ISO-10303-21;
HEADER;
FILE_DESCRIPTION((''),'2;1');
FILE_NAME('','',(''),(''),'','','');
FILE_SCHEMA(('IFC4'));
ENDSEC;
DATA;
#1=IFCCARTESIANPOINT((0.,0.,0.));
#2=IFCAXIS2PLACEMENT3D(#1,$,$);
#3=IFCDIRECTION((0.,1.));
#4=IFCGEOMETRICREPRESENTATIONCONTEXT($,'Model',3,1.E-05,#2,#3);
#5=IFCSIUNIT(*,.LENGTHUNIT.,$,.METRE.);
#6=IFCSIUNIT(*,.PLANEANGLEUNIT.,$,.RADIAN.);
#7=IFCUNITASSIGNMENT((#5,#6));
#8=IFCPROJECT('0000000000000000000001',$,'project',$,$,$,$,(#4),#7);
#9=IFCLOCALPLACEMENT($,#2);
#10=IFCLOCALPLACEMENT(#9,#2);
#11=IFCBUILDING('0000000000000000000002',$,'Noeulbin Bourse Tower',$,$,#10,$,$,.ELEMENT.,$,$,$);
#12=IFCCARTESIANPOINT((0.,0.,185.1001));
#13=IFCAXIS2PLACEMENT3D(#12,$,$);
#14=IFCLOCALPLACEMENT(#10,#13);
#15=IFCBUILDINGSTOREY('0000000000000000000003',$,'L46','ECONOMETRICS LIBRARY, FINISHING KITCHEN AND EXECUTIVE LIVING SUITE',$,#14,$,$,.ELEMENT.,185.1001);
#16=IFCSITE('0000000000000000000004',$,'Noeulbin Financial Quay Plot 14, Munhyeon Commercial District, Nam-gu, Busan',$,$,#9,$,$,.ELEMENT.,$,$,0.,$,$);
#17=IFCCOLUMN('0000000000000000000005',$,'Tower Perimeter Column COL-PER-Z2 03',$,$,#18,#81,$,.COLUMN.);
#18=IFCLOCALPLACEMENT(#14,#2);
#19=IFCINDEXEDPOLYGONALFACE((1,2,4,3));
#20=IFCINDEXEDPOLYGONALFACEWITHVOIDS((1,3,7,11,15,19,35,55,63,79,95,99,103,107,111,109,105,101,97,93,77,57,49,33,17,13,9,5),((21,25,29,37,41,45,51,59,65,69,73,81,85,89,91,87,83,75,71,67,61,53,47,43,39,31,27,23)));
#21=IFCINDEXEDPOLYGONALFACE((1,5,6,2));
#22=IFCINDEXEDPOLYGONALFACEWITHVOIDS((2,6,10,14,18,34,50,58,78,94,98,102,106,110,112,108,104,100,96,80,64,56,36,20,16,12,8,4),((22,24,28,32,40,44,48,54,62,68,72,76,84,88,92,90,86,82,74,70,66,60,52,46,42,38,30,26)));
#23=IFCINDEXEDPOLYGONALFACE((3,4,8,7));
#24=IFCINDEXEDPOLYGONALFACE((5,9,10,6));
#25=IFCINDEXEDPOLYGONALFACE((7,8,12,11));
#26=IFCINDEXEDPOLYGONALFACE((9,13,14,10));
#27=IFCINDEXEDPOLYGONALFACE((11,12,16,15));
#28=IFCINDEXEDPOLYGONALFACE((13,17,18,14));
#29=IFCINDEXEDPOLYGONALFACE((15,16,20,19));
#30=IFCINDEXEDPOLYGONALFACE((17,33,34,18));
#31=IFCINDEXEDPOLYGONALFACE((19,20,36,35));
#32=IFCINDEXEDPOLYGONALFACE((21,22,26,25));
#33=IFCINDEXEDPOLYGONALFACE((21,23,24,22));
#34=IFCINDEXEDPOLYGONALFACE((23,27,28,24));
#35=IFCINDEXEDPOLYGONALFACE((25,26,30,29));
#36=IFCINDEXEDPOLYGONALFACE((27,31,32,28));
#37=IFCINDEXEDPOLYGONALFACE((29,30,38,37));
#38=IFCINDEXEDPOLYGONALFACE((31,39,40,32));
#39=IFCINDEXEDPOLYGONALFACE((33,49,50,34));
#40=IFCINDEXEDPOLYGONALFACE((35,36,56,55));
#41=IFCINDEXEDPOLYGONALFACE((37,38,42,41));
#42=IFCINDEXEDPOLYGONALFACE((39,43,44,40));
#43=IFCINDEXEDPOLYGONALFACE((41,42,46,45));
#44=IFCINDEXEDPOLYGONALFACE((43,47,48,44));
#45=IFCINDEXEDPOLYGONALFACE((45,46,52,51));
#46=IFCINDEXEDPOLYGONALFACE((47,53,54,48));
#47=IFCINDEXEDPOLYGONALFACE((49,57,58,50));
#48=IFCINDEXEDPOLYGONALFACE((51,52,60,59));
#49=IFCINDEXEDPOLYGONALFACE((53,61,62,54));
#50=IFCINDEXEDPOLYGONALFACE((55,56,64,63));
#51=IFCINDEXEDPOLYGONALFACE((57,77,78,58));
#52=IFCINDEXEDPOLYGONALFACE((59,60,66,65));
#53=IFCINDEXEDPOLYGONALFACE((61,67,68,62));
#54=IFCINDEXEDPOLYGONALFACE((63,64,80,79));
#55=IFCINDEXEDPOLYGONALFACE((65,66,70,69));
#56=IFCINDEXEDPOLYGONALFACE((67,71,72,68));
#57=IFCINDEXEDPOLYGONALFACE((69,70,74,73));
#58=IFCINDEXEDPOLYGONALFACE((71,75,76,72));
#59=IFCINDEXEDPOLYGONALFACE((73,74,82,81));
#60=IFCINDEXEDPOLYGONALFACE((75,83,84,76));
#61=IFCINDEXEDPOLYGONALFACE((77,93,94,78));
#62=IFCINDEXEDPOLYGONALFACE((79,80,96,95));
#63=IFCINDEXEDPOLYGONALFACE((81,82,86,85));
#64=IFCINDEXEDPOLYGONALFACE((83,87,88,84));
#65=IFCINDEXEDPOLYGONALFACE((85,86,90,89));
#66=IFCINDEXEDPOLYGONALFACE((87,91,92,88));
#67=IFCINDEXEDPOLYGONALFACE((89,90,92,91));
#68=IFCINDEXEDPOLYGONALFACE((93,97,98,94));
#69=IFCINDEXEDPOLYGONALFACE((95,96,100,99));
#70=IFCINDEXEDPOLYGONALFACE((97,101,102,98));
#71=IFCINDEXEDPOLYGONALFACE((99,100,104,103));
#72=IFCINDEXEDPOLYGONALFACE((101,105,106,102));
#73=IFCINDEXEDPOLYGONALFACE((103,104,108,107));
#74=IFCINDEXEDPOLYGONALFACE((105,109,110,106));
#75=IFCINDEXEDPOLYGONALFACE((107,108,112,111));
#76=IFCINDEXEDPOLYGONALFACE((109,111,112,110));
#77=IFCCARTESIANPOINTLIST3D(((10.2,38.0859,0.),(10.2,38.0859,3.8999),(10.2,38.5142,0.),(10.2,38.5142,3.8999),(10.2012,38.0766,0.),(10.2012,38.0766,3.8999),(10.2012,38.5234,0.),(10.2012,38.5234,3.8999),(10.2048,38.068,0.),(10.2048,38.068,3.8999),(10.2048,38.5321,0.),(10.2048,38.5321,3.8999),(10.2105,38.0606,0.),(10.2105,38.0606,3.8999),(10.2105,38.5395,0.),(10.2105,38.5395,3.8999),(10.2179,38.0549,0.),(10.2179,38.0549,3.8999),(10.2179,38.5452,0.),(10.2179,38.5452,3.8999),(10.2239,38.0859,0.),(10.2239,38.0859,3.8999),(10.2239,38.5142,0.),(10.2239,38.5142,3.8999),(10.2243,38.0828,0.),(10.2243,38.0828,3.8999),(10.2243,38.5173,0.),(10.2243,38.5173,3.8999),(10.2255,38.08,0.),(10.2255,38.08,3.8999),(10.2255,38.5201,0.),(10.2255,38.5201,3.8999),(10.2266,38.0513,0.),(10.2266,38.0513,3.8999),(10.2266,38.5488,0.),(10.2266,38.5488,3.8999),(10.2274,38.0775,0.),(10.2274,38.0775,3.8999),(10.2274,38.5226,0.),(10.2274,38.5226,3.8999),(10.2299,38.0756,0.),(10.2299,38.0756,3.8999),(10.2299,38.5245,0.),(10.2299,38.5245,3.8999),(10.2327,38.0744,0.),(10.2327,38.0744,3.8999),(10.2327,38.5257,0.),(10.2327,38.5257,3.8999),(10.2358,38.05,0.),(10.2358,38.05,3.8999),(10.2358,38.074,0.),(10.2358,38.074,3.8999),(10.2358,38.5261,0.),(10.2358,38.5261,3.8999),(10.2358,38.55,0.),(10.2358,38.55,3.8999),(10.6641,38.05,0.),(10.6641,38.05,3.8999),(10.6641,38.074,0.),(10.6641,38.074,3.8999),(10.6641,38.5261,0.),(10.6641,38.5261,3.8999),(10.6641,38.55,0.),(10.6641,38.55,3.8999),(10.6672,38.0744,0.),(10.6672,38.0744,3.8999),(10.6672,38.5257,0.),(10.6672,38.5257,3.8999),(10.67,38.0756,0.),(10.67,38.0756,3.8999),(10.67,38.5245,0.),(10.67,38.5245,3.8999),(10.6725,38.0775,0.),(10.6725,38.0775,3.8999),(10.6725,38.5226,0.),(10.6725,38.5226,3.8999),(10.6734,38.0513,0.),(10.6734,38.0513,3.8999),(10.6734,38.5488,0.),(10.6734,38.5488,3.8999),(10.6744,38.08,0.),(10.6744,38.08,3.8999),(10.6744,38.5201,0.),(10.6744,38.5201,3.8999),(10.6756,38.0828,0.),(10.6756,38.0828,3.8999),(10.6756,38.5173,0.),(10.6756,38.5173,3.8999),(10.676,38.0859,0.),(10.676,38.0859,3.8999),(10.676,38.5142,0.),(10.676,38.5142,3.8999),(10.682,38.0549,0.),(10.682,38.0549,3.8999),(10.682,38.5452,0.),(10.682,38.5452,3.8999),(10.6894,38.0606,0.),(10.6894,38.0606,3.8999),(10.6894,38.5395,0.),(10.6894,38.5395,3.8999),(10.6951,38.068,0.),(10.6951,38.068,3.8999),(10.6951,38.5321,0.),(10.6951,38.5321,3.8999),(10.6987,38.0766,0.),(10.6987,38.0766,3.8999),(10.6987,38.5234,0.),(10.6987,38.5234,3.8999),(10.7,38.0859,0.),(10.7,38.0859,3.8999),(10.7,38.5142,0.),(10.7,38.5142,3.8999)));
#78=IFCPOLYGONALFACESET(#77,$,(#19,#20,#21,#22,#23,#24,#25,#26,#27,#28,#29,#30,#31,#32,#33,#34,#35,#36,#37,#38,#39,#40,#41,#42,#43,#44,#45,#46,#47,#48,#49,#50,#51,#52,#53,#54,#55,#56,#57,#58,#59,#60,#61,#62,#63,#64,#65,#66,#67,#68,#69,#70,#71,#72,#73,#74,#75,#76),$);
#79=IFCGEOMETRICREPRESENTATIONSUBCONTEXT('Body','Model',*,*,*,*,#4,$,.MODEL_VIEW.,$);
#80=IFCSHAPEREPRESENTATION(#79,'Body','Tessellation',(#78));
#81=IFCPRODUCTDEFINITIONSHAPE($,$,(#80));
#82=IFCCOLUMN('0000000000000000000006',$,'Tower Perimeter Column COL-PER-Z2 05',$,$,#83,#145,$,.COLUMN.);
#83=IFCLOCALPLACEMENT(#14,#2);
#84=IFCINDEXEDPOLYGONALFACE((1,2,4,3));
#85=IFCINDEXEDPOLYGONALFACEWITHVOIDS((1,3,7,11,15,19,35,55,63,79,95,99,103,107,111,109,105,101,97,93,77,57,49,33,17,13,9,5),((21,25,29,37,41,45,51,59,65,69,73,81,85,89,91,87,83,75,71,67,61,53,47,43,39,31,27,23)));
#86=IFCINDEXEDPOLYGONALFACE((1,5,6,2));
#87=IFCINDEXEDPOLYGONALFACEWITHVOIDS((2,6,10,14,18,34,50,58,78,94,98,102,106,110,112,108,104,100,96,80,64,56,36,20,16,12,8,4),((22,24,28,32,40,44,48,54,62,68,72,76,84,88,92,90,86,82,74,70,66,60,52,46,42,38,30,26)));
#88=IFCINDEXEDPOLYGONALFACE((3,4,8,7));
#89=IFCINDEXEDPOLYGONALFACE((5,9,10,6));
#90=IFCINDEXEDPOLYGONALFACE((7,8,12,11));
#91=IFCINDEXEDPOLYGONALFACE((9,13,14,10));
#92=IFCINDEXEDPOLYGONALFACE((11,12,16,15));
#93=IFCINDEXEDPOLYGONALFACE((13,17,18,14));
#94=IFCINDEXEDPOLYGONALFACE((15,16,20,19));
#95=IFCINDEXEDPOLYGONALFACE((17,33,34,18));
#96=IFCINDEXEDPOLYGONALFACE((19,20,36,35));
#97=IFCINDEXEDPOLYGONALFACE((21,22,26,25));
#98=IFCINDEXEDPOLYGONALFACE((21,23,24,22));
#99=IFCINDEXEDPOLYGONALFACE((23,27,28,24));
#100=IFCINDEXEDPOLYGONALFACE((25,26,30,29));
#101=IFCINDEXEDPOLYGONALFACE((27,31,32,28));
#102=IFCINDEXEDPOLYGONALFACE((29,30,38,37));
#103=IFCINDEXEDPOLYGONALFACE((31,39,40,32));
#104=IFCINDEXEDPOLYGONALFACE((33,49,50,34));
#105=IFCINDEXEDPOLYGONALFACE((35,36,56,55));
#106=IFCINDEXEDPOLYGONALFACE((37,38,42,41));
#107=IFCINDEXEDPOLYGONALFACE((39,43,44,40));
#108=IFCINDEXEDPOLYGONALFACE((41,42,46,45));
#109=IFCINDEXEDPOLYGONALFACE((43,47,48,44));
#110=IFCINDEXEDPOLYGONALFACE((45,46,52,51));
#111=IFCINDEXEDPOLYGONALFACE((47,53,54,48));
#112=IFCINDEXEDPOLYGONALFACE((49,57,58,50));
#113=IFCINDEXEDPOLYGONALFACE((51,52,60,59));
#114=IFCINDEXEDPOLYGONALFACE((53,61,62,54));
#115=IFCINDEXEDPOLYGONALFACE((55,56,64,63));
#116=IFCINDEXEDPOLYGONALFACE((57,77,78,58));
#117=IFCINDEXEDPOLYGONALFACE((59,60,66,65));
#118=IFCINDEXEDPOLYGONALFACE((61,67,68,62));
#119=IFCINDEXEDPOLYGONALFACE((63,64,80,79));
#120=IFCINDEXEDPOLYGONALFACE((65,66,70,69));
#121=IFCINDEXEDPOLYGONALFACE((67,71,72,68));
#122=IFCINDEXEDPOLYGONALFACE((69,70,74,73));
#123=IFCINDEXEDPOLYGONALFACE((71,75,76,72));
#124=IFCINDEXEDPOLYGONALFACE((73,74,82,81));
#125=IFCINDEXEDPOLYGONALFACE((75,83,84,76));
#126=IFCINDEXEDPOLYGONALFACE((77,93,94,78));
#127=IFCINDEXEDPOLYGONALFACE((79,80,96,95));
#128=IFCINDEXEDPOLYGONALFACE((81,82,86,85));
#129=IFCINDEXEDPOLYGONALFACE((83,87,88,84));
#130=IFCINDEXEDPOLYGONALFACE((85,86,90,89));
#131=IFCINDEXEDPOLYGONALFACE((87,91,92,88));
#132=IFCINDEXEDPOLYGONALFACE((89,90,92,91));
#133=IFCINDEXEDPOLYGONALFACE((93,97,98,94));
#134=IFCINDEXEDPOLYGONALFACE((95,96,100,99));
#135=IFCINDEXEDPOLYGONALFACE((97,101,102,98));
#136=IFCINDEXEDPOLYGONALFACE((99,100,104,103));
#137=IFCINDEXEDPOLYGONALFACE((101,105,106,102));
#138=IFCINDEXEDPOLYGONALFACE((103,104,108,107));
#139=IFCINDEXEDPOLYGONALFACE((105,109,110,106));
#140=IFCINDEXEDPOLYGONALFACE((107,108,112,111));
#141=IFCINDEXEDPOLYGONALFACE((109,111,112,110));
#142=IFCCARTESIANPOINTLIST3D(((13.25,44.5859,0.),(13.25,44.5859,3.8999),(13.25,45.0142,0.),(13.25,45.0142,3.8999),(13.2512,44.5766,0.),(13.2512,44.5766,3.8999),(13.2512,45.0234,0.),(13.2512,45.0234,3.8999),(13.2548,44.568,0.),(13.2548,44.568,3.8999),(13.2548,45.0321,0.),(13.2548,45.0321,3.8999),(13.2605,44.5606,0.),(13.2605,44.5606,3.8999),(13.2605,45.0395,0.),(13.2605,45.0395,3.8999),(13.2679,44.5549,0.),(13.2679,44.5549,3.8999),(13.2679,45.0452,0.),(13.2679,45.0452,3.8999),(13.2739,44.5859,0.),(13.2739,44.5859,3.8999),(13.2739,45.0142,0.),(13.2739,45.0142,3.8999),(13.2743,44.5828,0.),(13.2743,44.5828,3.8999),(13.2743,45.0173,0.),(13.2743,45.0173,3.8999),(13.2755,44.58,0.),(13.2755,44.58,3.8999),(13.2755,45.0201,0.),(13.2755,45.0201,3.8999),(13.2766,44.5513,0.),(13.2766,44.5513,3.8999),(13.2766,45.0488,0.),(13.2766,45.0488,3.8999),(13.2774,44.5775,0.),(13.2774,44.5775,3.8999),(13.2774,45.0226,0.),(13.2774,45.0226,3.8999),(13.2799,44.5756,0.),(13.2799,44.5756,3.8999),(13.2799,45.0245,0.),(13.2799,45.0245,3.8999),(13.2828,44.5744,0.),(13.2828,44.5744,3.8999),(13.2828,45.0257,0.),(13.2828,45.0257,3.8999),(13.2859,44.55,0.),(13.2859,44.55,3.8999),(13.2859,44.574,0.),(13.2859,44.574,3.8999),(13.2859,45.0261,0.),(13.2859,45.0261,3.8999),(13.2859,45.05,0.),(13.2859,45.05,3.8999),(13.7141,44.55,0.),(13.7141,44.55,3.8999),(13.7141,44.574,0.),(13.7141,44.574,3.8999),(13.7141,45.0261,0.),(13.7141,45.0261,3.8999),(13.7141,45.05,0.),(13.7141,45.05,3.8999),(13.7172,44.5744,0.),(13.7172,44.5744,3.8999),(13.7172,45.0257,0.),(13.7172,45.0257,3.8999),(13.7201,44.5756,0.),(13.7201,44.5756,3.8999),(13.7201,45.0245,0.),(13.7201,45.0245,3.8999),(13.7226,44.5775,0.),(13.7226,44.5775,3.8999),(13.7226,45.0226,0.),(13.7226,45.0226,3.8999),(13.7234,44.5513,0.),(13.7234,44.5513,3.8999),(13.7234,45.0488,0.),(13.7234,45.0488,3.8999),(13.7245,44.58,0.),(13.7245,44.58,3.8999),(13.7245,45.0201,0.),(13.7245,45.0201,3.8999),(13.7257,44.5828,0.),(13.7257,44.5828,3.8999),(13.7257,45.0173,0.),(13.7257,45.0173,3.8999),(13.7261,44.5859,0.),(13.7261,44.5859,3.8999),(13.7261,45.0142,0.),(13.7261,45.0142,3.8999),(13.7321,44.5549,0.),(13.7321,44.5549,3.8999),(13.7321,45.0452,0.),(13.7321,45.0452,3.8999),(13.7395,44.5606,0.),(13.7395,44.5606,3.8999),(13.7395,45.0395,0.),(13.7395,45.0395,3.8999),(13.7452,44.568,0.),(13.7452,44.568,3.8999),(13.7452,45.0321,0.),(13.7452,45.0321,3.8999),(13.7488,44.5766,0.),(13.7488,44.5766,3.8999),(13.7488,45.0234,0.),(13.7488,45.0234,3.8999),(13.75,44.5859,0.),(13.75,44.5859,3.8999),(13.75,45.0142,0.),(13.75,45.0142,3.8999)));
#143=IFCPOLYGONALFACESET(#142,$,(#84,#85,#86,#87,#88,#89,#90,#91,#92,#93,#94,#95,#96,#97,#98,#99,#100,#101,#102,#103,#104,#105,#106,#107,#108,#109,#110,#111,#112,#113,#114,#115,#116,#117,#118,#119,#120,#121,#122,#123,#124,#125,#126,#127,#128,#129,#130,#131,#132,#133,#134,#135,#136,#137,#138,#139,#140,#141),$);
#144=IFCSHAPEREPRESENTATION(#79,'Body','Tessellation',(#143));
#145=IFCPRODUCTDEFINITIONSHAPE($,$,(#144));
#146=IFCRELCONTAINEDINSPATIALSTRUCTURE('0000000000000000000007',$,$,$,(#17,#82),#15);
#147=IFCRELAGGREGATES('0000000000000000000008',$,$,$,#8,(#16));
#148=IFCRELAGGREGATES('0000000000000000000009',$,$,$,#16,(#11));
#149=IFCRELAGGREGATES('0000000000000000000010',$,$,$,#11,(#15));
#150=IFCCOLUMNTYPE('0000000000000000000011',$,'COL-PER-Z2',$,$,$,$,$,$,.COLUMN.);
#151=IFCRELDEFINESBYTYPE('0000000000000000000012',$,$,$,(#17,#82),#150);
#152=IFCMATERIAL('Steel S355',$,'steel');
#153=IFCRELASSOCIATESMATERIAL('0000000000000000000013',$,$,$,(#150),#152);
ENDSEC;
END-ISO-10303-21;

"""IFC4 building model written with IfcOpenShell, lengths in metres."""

from ifc_helpers import new_model, si_unit, direction, frame, origin, origin_2d, place, context, subcontext, project, spatial, hollow_rectangle, extrude, material, material_profile, profile_set, type_object, element, save


model = new_model("IFC4")

# Units and contexts
model_context = context("Model", 3, precision=1e-05, world=origin(), true_north=direction((0.0, 1.0)))
body_context = subcontext(model_context, "Body", "Model", "MODEL_VIEW")
ifc_project = project(units=[si_unit("LENGTHUNIT", "METRE"), si_unit("PLANEANGLEUNIT", "RADIAN")], contexts=[model_context])

# Site, building, storey
site_placement = place(None, origin())
site = spatial("IfcSite", under=ifc_project, at=site_placement, Name="Noeulbin Financial Quay Plot 14, Munhyeon Commercial District, Nam-gu, Busan", CompositionType="ELEMENT", RefElevation=0.0)
building_placement = place(site_placement, origin())
building = spatial("IfcBuilding", under=site, at=building_placement, Name="Noeulbin Bourse Tower", CompositionType="ELEMENT")
storey_placement = place(building_placement, frame((0.0, 0.0, 185.1001)))
storey = spatial("IfcBuildingStorey", under=building, at=storey_placement, Name="L46", Description="ECONOMETRICS LIBRARY, FINISHING KITCHEN AND EXECUTIVE LIVING SUITE", CompositionType="ELEMENT", Elevation=185.1001)

# Columns
ifc_material_1 = material(Name="Steel S355", Category="steel")
ifc_material_profile_1 = material_profile(ifc_material_1, hollow_rectangle(XDim=0.5, YDim=0.5, WallThickness=0.0239, InnerFilletRadius=0.012, OuterFilletRadius=0.0359, at=origin_2d()), Name="BOX-500x500x24", Category="LoadBearing")
ifc_profile_set_1 = profile_set([ifc_material_profile_1], Name="Steel S355")
column_type_1 = type_object("IfcColumnType", Name="COL-PER-Z2", PredefinedType="COLUMN", material=ifc_profile_set_1)
for number, where, z_axis, x_axis, name in (
    (1, (10.45, 38.3, 0.0), (0.0, 0.0, 1.0), (1.0, 0.0, 0.0), "Tower Perimeter Column COL-PER-Z2 03"),
    (2, (13.5, 44.8, 0.0), (0.0, 0.0, 1.0), (1.0, 0.0, 0.0), "Tower Perimeter Column COL-PER-Z2 05"),
):
    element("IfcColumn", number, at=place(storey_placement, frame(where, z_axis=z_axis, x_axis=x_axis)), inside=storey, type_object=column_type_1, Name=name, PredefinedType="COLUMN", context=body_context, shape_type="SweptSolid", body=[
        extrude(hollow_rectangle(XDim=0.5, YDim=0.5, WallThickness=0.0239, InnerFilletRadius=0.012, OuterFilletRadius=0.0359, at=origin_2d()), origin(), (0.0, 0.0, 1.0), 3.8999),
    ])

save(model, "model.ifc")
